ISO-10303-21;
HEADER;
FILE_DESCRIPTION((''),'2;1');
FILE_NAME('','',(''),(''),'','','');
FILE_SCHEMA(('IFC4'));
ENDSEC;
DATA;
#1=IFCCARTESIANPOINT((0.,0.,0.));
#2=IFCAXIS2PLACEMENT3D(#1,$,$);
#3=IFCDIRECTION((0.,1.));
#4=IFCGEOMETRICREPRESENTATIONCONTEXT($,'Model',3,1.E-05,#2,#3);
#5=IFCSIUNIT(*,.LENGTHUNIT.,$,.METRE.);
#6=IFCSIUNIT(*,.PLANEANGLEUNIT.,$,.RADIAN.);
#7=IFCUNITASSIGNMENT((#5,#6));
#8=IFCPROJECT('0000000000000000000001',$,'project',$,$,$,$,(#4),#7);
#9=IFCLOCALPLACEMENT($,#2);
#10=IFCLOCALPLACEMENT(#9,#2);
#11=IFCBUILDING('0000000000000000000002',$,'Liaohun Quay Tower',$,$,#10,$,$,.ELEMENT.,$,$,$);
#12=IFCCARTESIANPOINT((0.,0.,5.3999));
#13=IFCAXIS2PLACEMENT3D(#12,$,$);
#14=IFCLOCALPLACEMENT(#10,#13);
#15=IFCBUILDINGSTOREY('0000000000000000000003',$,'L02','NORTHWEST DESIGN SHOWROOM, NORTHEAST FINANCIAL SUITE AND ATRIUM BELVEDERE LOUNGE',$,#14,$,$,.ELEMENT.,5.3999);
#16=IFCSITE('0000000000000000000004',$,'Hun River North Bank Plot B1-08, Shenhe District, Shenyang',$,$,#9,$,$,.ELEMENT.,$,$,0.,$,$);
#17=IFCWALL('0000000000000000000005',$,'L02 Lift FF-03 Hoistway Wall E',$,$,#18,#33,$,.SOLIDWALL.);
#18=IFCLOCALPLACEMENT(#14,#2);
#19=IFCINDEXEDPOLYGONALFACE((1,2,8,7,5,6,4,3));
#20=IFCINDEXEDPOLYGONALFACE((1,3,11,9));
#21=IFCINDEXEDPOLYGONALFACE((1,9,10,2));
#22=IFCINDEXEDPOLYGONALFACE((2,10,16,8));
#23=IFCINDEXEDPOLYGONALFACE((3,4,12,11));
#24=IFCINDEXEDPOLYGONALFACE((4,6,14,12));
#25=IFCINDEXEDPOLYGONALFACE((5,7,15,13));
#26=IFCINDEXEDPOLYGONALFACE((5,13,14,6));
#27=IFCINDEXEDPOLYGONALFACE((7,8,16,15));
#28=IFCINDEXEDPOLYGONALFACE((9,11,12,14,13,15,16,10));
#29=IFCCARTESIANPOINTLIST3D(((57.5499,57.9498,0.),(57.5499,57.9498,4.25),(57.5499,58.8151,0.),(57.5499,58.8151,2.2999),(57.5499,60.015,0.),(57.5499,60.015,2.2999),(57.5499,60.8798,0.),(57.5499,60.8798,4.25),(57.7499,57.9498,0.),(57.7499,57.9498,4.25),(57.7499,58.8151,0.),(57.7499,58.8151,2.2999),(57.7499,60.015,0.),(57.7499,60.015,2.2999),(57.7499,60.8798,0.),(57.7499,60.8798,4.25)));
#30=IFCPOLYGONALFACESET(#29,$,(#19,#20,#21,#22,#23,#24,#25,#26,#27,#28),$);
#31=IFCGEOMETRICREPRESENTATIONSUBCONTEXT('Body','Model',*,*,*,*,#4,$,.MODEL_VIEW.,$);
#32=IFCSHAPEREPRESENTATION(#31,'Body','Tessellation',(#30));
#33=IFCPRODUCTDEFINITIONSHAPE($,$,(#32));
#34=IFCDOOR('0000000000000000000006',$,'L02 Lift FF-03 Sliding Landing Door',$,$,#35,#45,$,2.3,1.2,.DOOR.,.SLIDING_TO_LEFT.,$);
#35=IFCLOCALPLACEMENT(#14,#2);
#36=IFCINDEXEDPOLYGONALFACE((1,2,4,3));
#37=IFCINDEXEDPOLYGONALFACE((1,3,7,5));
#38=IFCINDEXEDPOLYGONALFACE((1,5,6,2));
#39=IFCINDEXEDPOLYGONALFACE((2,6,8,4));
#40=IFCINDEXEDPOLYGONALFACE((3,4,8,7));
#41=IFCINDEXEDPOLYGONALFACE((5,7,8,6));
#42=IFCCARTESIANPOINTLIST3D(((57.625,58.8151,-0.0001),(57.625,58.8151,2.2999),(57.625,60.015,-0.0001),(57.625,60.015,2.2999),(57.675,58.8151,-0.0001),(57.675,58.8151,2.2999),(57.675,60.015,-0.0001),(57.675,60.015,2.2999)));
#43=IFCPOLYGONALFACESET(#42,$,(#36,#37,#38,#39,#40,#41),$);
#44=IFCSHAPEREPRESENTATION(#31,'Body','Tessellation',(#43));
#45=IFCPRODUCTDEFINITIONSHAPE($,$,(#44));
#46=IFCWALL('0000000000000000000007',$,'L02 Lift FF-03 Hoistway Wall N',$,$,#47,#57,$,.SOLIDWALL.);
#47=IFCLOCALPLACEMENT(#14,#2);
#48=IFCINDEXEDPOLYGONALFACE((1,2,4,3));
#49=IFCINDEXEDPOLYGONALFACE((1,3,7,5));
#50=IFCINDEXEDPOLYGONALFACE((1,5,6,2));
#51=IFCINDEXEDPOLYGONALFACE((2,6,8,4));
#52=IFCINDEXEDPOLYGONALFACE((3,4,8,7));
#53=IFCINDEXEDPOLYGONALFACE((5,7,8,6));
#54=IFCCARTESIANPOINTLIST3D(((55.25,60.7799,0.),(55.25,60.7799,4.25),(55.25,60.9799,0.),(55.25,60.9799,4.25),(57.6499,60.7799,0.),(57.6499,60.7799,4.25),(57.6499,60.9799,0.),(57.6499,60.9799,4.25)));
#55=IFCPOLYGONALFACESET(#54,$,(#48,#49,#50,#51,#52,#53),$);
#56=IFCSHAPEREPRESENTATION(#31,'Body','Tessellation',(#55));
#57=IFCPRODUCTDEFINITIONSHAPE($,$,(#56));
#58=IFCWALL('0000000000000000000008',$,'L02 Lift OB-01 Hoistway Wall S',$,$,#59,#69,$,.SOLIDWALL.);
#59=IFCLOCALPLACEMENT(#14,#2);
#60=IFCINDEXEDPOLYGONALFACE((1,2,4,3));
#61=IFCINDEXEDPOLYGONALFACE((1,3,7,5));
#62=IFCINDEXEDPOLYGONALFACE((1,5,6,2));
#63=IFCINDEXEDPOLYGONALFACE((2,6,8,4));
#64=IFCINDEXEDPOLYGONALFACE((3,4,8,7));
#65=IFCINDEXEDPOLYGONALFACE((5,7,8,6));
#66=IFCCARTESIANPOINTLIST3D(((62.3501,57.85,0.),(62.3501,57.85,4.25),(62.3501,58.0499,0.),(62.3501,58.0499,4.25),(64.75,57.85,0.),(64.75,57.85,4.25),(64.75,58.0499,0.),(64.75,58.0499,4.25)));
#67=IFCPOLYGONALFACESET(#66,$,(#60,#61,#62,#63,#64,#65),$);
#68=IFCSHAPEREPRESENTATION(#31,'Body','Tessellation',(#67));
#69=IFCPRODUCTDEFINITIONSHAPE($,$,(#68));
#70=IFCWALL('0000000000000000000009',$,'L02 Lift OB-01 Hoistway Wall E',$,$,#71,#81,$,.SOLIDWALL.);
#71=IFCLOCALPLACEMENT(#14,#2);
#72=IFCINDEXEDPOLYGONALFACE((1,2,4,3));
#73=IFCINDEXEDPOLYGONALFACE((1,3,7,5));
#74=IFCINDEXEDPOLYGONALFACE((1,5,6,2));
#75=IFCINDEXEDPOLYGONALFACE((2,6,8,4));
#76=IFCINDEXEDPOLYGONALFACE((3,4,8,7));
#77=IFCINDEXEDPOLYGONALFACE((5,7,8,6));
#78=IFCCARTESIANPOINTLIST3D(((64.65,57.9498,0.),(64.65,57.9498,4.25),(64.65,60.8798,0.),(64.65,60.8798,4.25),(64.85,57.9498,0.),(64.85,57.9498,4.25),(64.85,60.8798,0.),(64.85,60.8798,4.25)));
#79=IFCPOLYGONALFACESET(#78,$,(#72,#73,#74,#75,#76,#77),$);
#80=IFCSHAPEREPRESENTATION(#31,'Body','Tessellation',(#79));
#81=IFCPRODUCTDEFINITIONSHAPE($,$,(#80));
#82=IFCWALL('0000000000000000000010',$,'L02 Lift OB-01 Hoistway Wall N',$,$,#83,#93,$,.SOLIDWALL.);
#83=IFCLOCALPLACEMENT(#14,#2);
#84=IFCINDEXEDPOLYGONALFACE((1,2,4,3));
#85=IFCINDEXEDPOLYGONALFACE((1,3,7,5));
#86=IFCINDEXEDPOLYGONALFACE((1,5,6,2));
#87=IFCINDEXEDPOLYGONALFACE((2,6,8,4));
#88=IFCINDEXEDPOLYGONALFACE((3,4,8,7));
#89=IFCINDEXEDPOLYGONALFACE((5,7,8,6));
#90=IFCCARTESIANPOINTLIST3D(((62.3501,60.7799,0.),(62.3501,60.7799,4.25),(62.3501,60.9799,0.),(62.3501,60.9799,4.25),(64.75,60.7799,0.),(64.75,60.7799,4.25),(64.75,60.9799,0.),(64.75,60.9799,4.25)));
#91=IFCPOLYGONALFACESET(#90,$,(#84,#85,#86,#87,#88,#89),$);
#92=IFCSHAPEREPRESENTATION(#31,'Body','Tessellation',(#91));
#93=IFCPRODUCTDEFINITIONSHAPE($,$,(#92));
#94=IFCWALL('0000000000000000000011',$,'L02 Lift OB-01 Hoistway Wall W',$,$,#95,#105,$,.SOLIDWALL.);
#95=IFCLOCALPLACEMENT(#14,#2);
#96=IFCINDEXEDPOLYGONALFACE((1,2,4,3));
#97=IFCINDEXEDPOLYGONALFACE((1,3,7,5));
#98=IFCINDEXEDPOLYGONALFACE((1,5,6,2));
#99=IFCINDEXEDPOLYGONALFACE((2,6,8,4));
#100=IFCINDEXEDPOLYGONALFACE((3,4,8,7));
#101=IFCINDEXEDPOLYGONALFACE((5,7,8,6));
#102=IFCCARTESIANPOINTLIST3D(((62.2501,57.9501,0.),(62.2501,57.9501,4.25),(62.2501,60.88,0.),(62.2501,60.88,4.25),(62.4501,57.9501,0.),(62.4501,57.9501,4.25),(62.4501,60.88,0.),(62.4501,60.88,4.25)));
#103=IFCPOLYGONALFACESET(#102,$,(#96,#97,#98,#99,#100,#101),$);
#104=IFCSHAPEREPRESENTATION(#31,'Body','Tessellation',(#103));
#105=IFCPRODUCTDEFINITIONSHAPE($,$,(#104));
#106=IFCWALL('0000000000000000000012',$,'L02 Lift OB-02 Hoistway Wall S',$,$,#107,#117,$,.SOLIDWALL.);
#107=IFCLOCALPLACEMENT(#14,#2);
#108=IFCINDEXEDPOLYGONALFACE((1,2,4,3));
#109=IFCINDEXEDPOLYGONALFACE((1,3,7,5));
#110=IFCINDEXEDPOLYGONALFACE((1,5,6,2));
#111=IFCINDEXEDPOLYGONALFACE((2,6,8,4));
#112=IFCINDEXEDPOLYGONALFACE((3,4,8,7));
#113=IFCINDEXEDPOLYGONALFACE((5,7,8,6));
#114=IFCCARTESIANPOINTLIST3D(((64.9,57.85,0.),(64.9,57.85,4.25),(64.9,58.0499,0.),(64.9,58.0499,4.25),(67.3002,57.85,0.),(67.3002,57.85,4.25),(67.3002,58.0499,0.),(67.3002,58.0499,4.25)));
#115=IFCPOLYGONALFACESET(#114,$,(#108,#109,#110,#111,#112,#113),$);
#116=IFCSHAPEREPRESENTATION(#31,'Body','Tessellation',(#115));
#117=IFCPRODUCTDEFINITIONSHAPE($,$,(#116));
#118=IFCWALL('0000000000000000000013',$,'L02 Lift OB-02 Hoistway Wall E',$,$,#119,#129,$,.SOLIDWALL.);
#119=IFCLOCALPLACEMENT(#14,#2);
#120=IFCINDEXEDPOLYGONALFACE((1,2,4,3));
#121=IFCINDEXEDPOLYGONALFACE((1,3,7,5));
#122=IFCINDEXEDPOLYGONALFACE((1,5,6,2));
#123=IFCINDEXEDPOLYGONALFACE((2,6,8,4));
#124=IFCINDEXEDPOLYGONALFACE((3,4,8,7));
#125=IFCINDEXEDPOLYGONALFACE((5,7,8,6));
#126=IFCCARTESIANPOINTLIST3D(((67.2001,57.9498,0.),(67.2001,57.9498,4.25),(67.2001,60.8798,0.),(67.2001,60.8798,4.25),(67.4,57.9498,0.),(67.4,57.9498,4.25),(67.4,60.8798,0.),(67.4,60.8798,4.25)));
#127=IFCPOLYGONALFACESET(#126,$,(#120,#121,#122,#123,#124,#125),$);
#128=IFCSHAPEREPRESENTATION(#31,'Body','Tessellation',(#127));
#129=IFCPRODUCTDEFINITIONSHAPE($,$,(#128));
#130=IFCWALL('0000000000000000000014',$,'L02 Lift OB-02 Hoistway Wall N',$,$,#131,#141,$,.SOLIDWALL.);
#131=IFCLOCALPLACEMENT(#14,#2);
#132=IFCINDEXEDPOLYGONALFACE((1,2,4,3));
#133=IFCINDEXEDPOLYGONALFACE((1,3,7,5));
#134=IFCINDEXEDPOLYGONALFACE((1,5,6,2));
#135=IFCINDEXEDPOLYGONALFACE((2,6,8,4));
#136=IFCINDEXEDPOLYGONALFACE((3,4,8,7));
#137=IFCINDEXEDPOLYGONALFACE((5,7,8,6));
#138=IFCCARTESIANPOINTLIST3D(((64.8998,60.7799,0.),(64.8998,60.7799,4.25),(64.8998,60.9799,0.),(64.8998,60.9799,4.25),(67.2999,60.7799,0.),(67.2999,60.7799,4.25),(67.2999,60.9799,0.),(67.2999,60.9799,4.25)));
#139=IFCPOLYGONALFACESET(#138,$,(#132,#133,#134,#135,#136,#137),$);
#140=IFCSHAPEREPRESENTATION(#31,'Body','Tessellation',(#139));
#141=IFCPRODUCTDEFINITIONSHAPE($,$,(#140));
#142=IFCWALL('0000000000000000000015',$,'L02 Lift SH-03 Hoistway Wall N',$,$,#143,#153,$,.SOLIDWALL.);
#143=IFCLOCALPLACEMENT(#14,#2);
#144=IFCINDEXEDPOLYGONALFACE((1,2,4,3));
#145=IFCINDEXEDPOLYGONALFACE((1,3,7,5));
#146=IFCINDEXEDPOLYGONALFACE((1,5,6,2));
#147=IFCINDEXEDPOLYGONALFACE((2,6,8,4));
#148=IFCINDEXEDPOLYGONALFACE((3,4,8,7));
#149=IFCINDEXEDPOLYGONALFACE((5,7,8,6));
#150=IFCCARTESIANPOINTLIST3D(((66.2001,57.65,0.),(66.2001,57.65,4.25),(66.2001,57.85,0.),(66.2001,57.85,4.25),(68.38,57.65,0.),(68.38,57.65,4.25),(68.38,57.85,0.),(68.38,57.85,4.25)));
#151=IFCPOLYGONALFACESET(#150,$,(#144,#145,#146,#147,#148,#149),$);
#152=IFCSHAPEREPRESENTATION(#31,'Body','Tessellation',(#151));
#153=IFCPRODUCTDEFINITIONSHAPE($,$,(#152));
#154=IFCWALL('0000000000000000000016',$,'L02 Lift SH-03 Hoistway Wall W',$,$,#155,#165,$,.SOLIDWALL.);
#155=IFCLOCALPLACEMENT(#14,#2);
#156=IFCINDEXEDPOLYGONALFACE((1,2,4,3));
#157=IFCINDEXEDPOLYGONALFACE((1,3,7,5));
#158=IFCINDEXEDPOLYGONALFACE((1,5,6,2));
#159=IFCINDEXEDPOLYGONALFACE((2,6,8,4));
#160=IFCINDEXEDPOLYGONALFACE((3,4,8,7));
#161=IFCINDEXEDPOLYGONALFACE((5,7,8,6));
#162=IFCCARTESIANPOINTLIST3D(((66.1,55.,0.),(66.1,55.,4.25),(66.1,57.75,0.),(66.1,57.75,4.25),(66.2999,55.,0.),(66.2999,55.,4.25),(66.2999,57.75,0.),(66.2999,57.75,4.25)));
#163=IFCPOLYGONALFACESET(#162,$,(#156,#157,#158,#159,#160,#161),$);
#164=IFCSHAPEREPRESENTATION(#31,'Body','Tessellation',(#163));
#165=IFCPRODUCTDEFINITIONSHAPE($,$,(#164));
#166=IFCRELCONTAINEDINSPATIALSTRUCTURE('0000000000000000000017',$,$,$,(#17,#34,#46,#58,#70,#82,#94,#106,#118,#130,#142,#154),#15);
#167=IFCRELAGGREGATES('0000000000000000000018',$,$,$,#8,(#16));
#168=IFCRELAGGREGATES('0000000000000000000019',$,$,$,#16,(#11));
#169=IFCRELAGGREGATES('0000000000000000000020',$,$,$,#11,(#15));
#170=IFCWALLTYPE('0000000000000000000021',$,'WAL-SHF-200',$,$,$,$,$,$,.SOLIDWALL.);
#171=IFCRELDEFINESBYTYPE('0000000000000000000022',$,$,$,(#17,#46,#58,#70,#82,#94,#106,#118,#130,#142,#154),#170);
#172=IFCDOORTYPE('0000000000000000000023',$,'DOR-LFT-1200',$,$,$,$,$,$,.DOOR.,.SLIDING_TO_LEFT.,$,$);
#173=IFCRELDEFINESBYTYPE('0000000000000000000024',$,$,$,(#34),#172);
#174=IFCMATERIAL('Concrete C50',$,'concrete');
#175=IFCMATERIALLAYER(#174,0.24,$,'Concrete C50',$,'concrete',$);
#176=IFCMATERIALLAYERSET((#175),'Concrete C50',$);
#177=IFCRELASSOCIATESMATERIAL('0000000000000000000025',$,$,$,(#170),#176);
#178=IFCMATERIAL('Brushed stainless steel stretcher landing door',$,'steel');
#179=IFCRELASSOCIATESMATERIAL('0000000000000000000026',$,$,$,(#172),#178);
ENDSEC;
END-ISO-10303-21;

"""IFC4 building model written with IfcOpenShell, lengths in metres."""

from ifc_helpers import new_model, si_unit, direction, frame, frame_2d, origin, place, context, subcontext, project, spatial, rectangle, extrude, source, transform, mapped, material, layer, layer_set, type_object, element, fill, save


model = new_model("IFC4")

# Units and contexts
model_context = context("Model", 3, precision=1e-05, world=origin(), true_north=direction((0.0, 1.0)))
body_context = subcontext(model_context, "Body", "Model", "MODEL_VIEW")
ifc_project = project(units=[si_unit("LENGTHUNIT", "METRE"), si_unit("PLANEANGLEUNIT", "RADIAN")], contexts=[model_context])

# Site, building, storey
site_placement = place(None, origin())
site = spatial("IfcSite", under=ifc_project, at=site_placement, Name="Hun River North Bank Plot B1-08, Shenhe District, Shenyang", CompositionType="ELEMENT", RefElevation=0.0)
building_placement = place(site_placement, origin())
building = spatial("IfcBuilding", under=site, at=building_placement, Name="Liaohun Quay Tower", CompositionType="ELEMENT")
storey_placement = place(building_placement, frame((0.0, 0.0, 5.3999)))
storey = spatial("IfcBuildingStorey", under=building, at=storey_placement, Name="L02", Description="NORTHWEST DESIGN SHOWROOM, NORTHEAST FINANCIAL SUITE AND ATRIUM BELVEDERE LOUNGE", CompositionType="ELEMENT", Elevation=5.3999)

# Shared definitions
ifc_material_1 = material(Name="Concrete C50", Category="concrete")
ifc_layer_1 = layer(ifc_material_1, 0.24, Name="Concrete C50", Category="concrete")
ifc_layer_set_1 = layer_set([ifc_layer_1], Name="Concrete C50")
wall_type_1 = type_object("IfcWallType", Name="WAL-SHF-200", PredefinedType="SOLIDWALL", material=ifc_layer_set_1)

# Wall, opening, door
wall_1_placement = place(storey_placement, frame((57.6499, 57.95, 0.0), z_axis=(0.0, 0.0, 1.0), x_axis=(0.0, 1.0, 0.0)))
wall_1 = element("IfcWall", 1, at=wall_1_placement, inside=storey, type_object=wall_type_1, Name="L02 Lift FF-03 Hoistway Wall E", PredefinedType="SOLIDWALL", context=body_context, shape_type="SweptSolid", body=[
    extrude(rectangle(XDim=2.9299, YDim=0.2, at=frame_2d((1.4648, 0.0))), origin(), (0.0, 0.0, 1.0), 4.25),
])
shared_shape_1 = source(origin(), body_context, "Body", "SweptSolid", [
    extrude(rectangle(XDim=1.2, YDim=2.3, at=frame_2d((0.6001, 1.1499))), frame((0.0, 0.1099, 0.0), z_axis=(0.0, -1.0, 0.0), x_axis=(1.0, 0.0, 0.0)), (0.0, 0.0, 1.0), 0.22),
])
opening_1_placement = place(wall_1_placement, frame((0.865, 0.0, 0.0)))
opening_1 = element("IfcOpeningElement", 2, at=opening_1_placement, cuts=wall_1, PredefinedType="OPENING", context=body_context, shape_type="MappedRepresentation", body=[
    mapped(shared_shape_1, transform((0.0, 0.0, 0.0), x_axis=(1.0, 0.0, 0.0), y_axis=(0.0, 1.0, 0.0), z_axis=(0.0, 0.0, 1.0), scale=1.0)),
])
ifc_material_2 = material(Name="Brushed stainless steel stretcher landing door", Category="steel")
door_type_1 = type_object("IfcDoorType", Name="DOR-LFT-1200", OperationType="SLIDING_TO_LEFT", PredefinedType="DOOR", material=ifc_material_2)
shared_shape_2 = source(origin(), body_context, "Body", "SweptSolid", [
    extrude(rectangle(XDim=1.2, YDim=2.3, at=frame_2d((0.6001, 1.1499))), frame((0.0, 0.0249, 0.0), z_axis=(0.0, -1.0, 0.0), x_axis=(1.0, 0.0, 0.0)), (0.0, 0.0, 1.0), 0.05),
])
door_1_placement = place(opening_1_placement, origin())
door_1 = element("IfcDoor", 3, at=door_1_placement, inside=storey, type_object=door_type_1, Name="L02 Lift FF-03 Sliding Landing Door", OperationType="SLIDING_TO_LEFT", OverallHeight=2.3, OverallWidth=1.2, PredefinedType="DOOR", context=body_context, shape_type="MappedRepresentation", body=[
    mapped(shared_shape_2, transform((0.0, 0.0, 0.0), x_axis=(1.0, 0.0, 0.0), y_axis=(0.0, 1.0, 0.0), z_axis=(0.0, 0.0, 1.0), scale=1.0)),
])
fill(opening_1, door_1)

# Walls
for number, where, z_axis, x_axis, name in (
    (4, (57.6499, 60.8799, 0.0), (0.0, 0.0, 1.0), (-1.0, 0.0, 0.0), "L02 Lift FF-03 Hoistway Wall N"),
    (5, (62.3501, 57.95, 0.0), (0.0, 0.0, 1.0), (1.0, 0.0, 0.0), "L02 Lift OB-01 Hoistway Wall S"),
):
    element("IfcWall", number, at=place(storey_placement, frame(where, z_axis=z_axis, x_axis=x_axis)), inside=storey, type_object=wall_type_1, Name=name, PredefinedType="SOLIDWALL", context=body_context, shape_type="SweptSolid", body=[
        extrude(rectangle(XDim=2.3999, YDim=0.2, at=frame_2d((1.2, 0.0))), origin(), (0.0, 0.0, 1.0), 4.25),
    ])
wall_2_placement = place(storey_placement, frame((64.75, 57.95, 0.0), z_axis=(0.0, 0.0, 1.0), x_axis=(0.0, 1.0, 0.0)))
element("IfcWall", 6, at=wall_2_placement, inside=storey, type_object=wall_type_1, Name="L02 Lift OB-01 Hoistway Wall E", PredefinedType="SOLIDWALL", context=body_context, shape_type="SweptSolid", body=[
    extrude(rectangle(XDim=2.9299, YDim=0.2, at=frame_2d((1.4648, 0.0))), origin(), (0.0, 0.0, 1.0), 4.25),
])
wall_3_placement = place(storey_placement, frame((64.75, 60.8799, 0.0), z_axis=(0.0, 0.0, 1.0), x_axis=(-1.0, 0.0, 0.0)))
element("IfcWall", 7, at=wall_3_placement, inside=storey, type_object=wall_type_1, Name="L02 Lift OB-01 Hoistway Wall N", PredefinedType="SOLIDWALL", context=body_context, shape_type="SweptSolid", body=[
    extrude(rectangle(XDim=2.3999, YDim=0.2, at=frame_2d((1.2, 0.0))), origin(), (0.0, 0.0, 1.0), 4.25),
])
wall_4_placement = place(storey_placement, frame((62.3501, 60.8799, 0.0), z_axis=(0.0, 0.0, 1.0), x_axis=(0.0, -1.0, 0.0)))
element("IfcWall", 8, at=wall_4_placement, inside=storey, type_object=wall_type_1, Name="L02 Lift OB-01 Hoistway Wall W", PredefinedType="SOLIDWALL", context=body_context, shape_type="SweptSolid", body=[
    extrude(rectangle(XDim=2.9299, YDim=0.2, at=frame_2d((1.4648, 0.0))), origin(), (0.0, 0.0, 1.0), 4.25),
])
wall_5_placement = place(storey_placement, frame((64.8999, 57.95, 0.0), z_axis=(0.0, 0.0, 1.0), x_axis=(1.0, 0.0, 0.0)))
element("IfcWall", 9, at=wall_5_placement, inside=storey, type_object=wall_type_1, Name="L02 Lift OB-02 Hoistway Wall S", PredefinedType="SOLIDWALL", context=body_context, shape_type="SweptSolid", body=[
    extrude(rectangle(XDim=2.4001, YDim=0.2, at=frame_2d((1.2002, 0.0))), origin(), (0.0, 0.0, 1.0), 4.25),
])
wall_6_placement = place(storey_placement, frame((67.3, 57.95, 0.0), z_axis=(0.0, 0.0, 1.0), x_axis=(0.0, 1.0, 0.0)))
element("IfcWall", 10, at=wall_6_placement, inside=storey, type_object=wall_type_1, Name="L02 Lift OB-02 Hoistway Wall E", PredefinedType="SOLIDWALL", context=body_context, shape_type="SweptSolid", body=[
    extrude(rectangle(XDim=2.9299, YDim=0.2, at=frame_2d((1.4648, 0.0))), origin(), (0.0, 0.0, 1.0), 4.25),
])
wall_7_placement = place(storey_placement, frame((67.3, 60.8799, 0.0), z_axis=(0.0, 0.0, 1.0), x_axis=(-1.0, 0.0, 0.0)))
element("IfcWall", 11, at=wall_7_placement, inside=storey, type_object=wall_type_1, Name="L02 Lift OB-02 Hoistway Wall N", PredefinedType="SOLIDWALL", context=body_context, shape_type="SweptSolid", body=[
    extrude(rectangle(XDim=2.4001, YDim=0.2, at=frame_2d((1.2002, 0.0))), origin(), (0.0, 0.0, 1.0), 4.25),
])
wall_8_placement = place(storey_placement, frame((68.3799, 57.75, 0.0), z_axis=(0.0, 0.0, 1.0), x_axis=(-1.0, 0.0, 0.0)))
element("IfcWall", 12, at=wall_8_placement, inside=storey, type_object=wall_type_1, Name="L02 Lift SH-03 Hoistway Wall N", PredefinedType="SOLIDWALL", context=body_context, shape_type="SweptSolid", body=[
    extrude(rectangle(XDim=2.1799, YDim=0.2, at=frame_2d((1.0898, 0.0))), origin(), (0.0, 0.0, 1.0), 4.25),
])
wall_9_placement = place(storey_placement, frame((66.2, 57.75, 0.0), z_axis=(0.0, 0.0, 1.0), x_axis=(0.0, -1.0, 0.0)))
element("IfcWall", 13, at=wall_9_placement, inside=storey, type_object=wall_type_1, Name="L02 Lift SH-03 Hoistway Wall W", PredefinedType="SOLIDWALL", context=body_context, shape_type="SweptSolid", body=[
    extrude(rectangle(XDim=2.75, YDim=0.2, at=frame_2d((1.375, 0.0))), origin(), (0.0, 0.0, 1.0), 4.25),
])

save(model, "model.ifc")
